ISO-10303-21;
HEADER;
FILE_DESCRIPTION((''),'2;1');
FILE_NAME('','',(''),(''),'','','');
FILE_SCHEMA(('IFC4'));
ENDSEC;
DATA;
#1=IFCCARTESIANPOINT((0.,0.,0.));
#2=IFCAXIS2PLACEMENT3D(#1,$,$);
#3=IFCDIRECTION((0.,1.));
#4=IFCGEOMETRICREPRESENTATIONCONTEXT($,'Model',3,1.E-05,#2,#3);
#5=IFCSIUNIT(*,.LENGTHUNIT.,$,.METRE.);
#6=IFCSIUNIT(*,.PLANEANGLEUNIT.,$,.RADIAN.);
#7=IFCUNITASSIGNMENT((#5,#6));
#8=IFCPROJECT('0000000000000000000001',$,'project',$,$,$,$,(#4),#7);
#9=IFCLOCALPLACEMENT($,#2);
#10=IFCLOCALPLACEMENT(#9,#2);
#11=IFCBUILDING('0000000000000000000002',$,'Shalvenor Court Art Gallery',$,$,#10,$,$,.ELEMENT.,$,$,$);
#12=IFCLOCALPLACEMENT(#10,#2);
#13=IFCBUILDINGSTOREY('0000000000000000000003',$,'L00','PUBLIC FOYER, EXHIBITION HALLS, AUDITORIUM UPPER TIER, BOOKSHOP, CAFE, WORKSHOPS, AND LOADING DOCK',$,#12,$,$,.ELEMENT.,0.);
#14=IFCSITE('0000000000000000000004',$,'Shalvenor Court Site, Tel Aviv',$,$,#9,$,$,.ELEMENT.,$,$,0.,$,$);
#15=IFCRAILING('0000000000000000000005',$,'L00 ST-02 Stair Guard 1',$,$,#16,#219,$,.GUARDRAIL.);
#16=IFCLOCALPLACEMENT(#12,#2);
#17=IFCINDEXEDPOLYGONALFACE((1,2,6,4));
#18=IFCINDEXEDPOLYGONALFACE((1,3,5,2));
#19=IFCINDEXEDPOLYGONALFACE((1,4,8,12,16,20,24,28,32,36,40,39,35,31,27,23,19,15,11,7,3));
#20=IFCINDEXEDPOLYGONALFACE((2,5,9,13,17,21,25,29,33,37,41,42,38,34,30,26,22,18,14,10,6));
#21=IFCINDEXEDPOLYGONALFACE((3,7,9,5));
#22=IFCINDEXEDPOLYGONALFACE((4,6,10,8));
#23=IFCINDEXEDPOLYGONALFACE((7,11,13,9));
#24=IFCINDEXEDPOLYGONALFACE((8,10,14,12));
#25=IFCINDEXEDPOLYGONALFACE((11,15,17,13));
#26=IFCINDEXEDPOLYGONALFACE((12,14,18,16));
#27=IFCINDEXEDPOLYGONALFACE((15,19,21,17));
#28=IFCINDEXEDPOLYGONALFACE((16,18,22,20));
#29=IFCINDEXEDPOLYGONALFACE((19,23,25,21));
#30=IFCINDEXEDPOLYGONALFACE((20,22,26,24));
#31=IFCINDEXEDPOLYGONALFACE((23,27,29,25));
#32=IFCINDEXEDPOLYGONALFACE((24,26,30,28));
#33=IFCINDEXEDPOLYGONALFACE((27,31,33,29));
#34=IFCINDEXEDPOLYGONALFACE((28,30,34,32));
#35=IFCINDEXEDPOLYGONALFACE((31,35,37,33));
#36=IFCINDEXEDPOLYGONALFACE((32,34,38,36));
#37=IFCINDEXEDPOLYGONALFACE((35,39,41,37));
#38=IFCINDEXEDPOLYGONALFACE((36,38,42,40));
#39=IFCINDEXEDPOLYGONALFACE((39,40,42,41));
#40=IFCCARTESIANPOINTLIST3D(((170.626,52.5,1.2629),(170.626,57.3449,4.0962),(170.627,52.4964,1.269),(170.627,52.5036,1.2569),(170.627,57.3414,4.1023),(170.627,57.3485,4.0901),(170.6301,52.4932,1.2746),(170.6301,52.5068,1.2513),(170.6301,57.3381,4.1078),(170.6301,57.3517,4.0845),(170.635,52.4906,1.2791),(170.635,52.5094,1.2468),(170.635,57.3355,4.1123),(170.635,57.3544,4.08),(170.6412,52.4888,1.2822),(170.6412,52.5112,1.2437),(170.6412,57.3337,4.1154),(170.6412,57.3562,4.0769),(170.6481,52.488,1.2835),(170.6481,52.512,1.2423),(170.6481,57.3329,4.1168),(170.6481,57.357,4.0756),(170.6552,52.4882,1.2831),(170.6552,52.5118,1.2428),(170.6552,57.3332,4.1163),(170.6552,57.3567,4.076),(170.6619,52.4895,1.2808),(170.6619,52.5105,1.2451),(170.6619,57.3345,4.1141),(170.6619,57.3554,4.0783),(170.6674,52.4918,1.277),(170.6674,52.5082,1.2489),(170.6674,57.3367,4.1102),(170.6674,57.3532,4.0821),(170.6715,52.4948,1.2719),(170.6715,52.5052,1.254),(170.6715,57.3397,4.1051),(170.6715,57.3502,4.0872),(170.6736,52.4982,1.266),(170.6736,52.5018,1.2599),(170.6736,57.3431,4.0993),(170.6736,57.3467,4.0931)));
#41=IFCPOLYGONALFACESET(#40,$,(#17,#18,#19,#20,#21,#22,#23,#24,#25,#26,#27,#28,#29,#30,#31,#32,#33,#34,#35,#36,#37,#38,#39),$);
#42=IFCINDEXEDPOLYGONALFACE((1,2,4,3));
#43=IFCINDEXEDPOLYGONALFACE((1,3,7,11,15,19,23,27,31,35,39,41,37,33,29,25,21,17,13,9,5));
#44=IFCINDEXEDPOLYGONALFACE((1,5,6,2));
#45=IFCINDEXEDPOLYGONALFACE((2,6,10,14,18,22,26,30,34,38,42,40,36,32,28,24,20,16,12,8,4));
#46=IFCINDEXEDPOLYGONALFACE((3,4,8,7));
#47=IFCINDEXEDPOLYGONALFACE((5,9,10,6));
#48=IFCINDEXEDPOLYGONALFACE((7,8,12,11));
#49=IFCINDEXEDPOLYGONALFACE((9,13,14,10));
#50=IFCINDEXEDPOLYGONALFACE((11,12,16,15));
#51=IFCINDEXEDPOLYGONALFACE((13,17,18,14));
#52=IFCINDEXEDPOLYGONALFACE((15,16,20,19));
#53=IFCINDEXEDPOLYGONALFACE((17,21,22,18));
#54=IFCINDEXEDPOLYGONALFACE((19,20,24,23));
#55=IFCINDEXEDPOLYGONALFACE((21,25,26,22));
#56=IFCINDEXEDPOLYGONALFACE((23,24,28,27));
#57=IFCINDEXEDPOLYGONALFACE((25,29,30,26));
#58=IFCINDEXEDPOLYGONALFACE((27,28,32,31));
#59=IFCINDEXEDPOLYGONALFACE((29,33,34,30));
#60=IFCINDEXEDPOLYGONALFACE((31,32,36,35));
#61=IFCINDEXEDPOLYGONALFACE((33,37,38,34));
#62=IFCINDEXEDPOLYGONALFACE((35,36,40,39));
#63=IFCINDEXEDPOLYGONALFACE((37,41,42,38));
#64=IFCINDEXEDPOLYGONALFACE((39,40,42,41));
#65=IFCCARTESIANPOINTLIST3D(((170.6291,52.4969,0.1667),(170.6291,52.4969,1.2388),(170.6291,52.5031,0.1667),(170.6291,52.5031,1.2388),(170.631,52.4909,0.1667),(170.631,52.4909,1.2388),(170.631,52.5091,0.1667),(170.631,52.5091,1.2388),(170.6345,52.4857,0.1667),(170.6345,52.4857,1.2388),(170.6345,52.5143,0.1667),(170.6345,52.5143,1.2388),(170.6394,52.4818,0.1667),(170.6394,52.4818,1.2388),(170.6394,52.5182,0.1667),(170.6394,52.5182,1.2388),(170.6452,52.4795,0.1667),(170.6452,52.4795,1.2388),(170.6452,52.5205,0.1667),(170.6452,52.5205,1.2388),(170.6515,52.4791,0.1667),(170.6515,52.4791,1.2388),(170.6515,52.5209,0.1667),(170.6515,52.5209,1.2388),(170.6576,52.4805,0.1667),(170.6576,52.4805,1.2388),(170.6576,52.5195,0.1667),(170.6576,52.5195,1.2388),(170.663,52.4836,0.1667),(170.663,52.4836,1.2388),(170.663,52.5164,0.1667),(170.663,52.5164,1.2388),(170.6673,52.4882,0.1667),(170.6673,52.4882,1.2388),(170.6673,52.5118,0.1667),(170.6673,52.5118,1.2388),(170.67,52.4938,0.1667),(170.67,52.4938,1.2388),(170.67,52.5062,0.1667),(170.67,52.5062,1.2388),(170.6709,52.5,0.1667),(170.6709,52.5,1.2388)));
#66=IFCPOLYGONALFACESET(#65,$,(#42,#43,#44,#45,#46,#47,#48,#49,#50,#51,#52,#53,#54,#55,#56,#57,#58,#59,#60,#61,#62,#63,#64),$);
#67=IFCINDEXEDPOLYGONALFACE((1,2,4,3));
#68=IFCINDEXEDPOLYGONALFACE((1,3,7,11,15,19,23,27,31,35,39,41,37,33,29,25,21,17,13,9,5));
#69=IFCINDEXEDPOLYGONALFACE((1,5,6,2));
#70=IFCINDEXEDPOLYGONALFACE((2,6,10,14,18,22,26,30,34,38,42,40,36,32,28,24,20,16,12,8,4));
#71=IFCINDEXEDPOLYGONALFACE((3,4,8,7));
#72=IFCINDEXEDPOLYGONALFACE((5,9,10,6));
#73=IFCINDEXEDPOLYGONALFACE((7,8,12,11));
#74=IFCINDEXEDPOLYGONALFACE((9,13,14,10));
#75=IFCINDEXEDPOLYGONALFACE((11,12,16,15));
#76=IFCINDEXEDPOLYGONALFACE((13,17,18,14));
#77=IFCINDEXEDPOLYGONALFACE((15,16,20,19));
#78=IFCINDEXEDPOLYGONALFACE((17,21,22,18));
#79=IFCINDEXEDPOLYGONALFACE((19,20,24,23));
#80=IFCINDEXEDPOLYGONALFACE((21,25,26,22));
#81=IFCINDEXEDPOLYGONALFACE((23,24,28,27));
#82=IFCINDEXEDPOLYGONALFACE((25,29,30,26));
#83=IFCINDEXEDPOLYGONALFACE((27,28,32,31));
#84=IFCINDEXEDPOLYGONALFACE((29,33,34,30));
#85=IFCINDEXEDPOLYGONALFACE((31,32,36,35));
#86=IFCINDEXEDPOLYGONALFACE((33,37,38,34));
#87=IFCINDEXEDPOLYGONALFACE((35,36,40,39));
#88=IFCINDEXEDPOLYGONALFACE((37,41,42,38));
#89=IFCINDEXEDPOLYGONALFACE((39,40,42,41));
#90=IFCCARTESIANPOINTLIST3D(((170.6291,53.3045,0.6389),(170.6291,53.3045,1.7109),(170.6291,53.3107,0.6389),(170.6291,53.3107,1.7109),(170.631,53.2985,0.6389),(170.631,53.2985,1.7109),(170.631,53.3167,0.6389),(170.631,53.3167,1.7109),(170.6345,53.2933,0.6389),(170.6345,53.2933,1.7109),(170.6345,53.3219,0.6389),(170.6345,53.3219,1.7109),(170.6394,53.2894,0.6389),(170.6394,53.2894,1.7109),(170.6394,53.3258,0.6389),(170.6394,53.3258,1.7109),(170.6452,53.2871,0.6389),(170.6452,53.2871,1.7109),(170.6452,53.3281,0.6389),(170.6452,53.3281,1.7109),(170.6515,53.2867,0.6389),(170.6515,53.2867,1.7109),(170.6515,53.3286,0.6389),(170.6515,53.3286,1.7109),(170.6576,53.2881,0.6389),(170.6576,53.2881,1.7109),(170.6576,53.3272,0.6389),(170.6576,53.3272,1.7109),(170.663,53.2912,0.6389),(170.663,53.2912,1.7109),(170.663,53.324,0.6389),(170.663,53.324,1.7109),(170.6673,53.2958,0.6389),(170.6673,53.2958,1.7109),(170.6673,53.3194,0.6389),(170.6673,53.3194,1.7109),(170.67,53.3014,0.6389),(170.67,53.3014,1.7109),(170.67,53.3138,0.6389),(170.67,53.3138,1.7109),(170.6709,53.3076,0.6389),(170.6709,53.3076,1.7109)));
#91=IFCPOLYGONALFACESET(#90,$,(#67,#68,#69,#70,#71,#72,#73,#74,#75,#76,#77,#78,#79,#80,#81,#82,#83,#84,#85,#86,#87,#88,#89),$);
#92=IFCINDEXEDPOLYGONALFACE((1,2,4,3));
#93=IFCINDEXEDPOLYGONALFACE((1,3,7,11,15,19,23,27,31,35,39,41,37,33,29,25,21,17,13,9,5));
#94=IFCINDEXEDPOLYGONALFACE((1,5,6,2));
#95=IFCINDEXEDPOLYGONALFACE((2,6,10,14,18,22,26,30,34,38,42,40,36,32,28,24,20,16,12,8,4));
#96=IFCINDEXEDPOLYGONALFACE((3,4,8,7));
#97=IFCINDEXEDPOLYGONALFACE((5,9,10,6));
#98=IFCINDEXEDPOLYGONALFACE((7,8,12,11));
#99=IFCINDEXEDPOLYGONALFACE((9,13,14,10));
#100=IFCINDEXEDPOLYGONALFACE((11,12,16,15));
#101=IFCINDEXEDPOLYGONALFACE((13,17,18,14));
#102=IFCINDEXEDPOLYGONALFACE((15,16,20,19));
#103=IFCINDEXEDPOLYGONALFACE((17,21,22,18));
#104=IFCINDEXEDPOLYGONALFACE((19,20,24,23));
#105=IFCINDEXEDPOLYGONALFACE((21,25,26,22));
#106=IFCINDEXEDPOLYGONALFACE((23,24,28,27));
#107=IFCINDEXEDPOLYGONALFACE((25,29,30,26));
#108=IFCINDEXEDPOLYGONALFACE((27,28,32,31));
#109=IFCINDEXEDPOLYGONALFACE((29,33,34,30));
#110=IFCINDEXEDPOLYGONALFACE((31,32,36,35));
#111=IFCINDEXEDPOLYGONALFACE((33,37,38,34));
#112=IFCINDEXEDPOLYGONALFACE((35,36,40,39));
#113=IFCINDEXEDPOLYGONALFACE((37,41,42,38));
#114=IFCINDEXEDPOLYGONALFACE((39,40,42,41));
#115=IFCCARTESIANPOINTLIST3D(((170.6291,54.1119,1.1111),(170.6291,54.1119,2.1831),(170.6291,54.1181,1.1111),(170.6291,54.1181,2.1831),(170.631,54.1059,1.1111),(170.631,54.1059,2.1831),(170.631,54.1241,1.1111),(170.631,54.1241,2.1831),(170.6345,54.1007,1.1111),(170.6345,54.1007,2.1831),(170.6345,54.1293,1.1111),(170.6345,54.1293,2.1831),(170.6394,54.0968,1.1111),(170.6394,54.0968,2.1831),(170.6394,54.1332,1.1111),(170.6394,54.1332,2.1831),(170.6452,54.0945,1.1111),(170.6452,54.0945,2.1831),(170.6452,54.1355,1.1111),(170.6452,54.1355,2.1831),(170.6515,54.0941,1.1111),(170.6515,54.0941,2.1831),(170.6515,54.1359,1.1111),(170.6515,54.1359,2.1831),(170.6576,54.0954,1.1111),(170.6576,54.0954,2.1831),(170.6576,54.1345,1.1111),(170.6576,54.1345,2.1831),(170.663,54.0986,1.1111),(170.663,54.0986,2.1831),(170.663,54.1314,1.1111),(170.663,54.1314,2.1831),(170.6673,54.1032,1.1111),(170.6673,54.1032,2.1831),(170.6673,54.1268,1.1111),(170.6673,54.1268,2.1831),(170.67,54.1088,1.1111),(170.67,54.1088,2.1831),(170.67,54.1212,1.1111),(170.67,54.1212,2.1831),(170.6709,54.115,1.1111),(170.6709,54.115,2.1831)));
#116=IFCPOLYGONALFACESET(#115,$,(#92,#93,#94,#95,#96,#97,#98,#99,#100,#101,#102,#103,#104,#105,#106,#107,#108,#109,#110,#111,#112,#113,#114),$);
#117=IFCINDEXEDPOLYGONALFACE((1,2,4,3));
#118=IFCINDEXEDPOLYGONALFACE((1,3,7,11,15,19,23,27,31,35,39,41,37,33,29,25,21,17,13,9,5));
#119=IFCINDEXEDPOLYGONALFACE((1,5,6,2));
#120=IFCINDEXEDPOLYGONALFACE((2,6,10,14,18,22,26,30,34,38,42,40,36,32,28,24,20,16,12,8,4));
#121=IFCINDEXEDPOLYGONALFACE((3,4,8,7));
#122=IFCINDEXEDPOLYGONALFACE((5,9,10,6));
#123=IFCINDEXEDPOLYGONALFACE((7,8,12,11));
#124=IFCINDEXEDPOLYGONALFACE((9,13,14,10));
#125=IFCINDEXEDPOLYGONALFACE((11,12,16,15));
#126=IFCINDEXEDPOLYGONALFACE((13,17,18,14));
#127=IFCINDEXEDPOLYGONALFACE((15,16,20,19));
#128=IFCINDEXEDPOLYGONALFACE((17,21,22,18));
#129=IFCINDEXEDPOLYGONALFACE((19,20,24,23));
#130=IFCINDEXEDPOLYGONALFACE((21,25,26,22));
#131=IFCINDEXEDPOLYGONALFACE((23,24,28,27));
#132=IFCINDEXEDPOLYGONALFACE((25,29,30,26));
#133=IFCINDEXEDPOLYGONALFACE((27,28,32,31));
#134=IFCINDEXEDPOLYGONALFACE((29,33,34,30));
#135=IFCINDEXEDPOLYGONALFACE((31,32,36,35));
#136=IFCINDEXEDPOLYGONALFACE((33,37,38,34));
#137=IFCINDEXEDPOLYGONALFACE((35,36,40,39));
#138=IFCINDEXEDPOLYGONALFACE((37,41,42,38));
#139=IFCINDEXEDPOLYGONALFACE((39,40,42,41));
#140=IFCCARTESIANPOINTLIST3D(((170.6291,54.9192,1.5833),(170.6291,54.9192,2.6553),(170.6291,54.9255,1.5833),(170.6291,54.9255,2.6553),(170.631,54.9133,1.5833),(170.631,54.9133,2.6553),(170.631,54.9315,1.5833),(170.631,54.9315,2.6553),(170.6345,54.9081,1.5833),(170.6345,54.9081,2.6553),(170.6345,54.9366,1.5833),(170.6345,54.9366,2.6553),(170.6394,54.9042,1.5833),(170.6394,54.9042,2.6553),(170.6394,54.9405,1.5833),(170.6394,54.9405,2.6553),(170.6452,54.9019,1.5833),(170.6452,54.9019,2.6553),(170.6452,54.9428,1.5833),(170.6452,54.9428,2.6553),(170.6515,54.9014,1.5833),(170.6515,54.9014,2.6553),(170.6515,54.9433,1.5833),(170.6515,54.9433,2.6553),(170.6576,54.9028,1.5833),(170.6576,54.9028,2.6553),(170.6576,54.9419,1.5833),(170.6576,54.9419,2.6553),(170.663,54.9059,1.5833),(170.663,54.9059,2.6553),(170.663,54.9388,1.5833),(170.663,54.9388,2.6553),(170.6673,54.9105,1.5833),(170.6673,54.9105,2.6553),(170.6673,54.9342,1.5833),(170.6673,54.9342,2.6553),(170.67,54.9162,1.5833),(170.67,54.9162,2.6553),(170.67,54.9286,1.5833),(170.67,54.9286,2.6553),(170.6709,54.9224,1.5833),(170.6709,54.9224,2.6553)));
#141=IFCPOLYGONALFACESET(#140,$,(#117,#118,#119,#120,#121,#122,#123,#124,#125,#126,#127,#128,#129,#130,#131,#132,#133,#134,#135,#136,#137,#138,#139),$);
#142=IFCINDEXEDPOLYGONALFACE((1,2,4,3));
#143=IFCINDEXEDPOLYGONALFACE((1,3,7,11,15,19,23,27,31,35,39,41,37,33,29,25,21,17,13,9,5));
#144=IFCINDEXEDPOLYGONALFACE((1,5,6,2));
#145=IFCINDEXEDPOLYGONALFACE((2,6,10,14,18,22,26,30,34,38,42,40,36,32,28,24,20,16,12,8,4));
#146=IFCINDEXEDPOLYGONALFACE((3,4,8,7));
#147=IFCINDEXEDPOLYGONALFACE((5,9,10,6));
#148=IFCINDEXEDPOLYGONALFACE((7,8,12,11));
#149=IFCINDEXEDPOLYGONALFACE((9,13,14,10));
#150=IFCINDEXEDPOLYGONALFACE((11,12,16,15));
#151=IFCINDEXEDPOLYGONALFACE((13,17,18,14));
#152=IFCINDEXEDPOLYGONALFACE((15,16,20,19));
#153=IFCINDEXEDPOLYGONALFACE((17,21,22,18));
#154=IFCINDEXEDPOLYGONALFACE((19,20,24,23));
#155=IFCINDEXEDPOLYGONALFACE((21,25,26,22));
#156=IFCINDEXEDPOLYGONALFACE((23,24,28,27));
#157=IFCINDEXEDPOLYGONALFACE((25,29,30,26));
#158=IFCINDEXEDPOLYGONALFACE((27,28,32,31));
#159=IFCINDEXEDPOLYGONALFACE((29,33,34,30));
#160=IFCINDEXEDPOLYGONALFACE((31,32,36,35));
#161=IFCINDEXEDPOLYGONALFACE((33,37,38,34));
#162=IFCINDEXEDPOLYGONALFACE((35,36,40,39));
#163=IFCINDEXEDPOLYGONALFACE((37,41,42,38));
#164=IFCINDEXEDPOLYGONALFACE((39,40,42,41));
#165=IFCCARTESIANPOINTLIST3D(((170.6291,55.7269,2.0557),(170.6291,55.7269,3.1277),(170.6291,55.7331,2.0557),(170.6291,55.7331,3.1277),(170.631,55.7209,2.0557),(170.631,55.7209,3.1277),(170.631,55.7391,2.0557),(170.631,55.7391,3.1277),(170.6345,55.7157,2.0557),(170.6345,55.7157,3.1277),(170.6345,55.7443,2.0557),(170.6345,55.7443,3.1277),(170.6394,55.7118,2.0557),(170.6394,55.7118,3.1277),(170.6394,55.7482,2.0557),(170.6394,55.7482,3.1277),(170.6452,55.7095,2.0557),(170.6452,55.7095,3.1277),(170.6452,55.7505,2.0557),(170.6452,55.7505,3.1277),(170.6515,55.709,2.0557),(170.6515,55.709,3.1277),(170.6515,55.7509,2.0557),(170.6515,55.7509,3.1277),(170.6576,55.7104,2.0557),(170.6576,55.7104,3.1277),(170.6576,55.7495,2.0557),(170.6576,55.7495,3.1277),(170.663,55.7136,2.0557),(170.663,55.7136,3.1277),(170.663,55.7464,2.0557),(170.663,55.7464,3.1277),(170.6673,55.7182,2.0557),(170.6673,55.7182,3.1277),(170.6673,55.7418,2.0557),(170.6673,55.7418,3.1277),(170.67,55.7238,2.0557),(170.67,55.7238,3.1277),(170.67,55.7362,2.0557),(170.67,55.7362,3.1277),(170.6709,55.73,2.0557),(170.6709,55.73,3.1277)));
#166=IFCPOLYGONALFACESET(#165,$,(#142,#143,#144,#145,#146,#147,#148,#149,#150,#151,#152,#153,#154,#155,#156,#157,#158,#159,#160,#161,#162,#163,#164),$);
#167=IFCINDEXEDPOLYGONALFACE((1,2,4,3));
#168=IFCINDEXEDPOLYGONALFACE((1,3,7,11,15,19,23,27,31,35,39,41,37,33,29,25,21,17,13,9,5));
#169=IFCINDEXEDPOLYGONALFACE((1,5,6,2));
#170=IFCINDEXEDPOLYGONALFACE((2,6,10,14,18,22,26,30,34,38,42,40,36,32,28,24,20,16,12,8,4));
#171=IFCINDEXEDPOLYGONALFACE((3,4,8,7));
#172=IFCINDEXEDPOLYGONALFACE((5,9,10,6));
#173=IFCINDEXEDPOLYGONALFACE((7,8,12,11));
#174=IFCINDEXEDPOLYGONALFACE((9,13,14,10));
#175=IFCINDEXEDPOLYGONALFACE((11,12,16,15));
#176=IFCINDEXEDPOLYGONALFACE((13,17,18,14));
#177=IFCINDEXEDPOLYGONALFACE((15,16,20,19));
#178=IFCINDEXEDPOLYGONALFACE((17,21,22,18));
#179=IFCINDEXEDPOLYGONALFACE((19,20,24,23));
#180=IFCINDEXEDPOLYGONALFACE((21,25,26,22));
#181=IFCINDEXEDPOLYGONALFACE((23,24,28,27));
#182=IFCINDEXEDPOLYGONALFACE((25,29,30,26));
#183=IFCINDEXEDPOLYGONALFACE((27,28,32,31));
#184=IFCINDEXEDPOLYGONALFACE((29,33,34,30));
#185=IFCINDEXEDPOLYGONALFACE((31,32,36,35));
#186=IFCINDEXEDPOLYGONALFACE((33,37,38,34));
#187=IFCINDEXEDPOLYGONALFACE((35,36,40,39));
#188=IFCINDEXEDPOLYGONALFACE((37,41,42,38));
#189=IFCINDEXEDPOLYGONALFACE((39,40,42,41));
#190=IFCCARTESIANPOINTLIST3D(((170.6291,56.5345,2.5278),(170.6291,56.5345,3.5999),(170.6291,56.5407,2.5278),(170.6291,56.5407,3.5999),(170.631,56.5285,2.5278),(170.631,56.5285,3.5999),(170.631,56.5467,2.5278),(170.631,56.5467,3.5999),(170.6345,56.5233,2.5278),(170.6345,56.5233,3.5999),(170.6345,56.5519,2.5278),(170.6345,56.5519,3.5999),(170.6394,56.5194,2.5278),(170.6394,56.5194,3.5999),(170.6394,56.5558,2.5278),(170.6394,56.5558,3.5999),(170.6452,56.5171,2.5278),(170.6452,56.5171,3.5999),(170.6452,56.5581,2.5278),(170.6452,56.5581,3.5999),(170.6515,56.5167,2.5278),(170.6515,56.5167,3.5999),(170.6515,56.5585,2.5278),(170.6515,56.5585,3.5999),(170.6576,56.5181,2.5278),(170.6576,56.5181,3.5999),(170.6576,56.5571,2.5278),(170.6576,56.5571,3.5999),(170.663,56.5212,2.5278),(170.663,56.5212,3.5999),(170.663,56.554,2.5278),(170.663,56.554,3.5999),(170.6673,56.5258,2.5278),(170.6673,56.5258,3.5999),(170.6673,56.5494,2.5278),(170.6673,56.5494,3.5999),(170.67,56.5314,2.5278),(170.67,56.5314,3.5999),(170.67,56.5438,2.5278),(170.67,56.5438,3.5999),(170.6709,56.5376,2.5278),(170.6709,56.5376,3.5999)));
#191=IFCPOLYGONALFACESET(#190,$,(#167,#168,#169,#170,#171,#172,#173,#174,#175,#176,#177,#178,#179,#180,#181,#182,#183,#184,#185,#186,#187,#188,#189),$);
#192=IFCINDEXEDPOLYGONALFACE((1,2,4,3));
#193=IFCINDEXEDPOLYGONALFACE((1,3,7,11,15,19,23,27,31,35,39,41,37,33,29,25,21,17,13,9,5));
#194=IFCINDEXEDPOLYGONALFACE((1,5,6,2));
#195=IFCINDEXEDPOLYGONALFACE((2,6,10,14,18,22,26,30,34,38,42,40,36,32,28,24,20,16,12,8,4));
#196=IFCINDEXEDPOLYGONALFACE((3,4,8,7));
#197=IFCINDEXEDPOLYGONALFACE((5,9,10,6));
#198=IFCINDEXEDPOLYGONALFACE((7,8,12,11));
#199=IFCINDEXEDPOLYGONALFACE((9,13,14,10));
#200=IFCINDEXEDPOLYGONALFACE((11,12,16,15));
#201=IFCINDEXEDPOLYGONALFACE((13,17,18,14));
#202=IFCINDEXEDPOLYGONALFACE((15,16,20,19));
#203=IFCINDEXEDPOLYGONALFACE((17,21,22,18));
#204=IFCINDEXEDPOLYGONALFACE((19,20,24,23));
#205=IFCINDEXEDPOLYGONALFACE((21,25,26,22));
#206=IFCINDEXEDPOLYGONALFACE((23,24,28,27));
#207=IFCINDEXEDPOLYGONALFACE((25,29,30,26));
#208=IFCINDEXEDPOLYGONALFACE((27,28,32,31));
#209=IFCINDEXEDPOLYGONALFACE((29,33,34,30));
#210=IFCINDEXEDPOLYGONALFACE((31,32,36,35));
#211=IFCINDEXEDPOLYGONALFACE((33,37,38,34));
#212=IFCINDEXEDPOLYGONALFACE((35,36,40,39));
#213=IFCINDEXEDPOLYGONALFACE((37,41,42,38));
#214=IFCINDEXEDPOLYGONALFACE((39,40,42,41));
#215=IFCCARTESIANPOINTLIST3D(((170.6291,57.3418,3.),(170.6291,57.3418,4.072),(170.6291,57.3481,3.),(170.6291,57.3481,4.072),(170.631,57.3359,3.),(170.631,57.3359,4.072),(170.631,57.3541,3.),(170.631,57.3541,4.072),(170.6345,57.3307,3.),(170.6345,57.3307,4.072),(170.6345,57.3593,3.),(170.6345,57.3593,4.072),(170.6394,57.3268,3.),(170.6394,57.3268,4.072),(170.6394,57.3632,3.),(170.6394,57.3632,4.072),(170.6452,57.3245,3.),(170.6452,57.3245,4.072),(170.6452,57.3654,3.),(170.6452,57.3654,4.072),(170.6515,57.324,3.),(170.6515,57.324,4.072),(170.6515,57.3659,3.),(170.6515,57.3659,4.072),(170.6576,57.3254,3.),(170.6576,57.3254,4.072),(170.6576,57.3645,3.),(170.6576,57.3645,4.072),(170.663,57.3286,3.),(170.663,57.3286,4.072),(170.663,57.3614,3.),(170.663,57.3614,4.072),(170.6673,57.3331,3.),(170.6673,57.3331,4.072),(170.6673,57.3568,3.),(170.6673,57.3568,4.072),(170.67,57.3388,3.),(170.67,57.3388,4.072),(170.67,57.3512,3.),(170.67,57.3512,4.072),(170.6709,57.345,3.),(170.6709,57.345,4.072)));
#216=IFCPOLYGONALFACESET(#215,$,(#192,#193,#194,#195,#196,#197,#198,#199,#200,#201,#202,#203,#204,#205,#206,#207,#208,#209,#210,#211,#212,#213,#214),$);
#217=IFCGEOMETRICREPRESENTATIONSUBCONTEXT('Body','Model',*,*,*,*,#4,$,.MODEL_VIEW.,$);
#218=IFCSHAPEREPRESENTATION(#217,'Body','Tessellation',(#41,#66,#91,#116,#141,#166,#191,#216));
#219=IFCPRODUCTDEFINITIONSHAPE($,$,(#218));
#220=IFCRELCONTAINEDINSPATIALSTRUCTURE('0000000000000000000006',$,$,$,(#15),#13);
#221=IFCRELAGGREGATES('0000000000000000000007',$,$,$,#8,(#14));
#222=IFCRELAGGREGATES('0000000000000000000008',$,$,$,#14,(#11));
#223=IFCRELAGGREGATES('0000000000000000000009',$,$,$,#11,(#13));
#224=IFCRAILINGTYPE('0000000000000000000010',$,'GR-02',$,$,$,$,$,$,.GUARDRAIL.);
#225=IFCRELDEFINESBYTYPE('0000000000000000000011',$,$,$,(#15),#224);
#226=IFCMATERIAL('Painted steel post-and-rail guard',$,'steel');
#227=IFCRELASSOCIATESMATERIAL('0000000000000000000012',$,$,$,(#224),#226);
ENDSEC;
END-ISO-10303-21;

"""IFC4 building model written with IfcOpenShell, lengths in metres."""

from ifc_helpers import new_model, si_unit, direction, frame, origin, origin_2d, place, context, subcontext, project, spatial, circle, extrude, material, type_object, element, save


model = new_model("IFC4")

# Units and contexts
model_context = context("Model", 3, precision=1e-05, world=origin(), true_north=direction((0.0, 1.0)))
body_context = subcontext(model_context, "Body", "Model", "MODEL_VIEW")
ifc_project = project(units=[si_unit("LENGTHUNIT", "METRE"), si_unit("PLANEANGLEUNIT", "RADIAN")], contexts=[model_context])

# Site, building, storey
site_placement = place(None, origin())
site = spatial("IfcSite", under=ifc_project, at=site_placement, Name="Shalvenor Court Site, Tel Aviv", CompositionType="ELEMENT", RefElevation=0.0)
building_placement = place(site_placement, origin())
building = spatial("IfcBuilding", under=site, at=building_placement, Name="Shalvenor Court Art Gallery", CompositionType="ELEMENT")
storey_placement = place(building_placement, origin())
storey = spatial("IfcBuildingStorey", under=building, at=storey_placement, Name="L00", Description="PUBLIC FOYER, EXHIBITION HALLS, AUDITORIUM UPPER TIER, BOOKSHOP, CAFE, WORKSHOPS, AND LOADING DOCK", CompositionType="ELEMENT", Elevation=0.0)

# Railing
ifc_material_1 = material(Name="Painted steel post-and-rail guard", Category="steel")
railing_type_1 = type_object("IfcRailingType", Name="GR-02", PredefinedType="GUARDRAIL", material=ifc_material_1)
railing_1_placement = place(storey_placement, frame((170.6499, 52.5, 0.1667)))
element("IfcRailing", 1, at=railing_1_placement, inside=storey, type_object=railing_type_1, Name="L00 ST-02 Stair Guard 1", PredefinedType="GUARDRAIL", context=body_context, shape_type="SweptSolid", body=[
    extrude(circle(Radius=0.0239, at=origin_2d()), frame((0.0, 0.0, 1.0962), z_axis=(0.0, 0.863234, 0.504804), x_axis=(-1.0, 0.0, 0.0)), (0.0, 0.0, 1.0), 5.6125),
    extrude(circle(Radius=0.021, at=origin_2d()), origin(), (0.0, 0.0, 1.0), 1.072),
    extrude(circle(Radius=0.021, at=origin_2d()), frame((0.0, 0.8076, 0.4722)), (0.0, 0.0, 1.0), 1.072),
    extrude(circle(Radius=0.021, at=origin_2d()), frame((0.0, 1.615, 0.9443)), (0.0, 0.0, 1.0), 1.072),
    extrude(circle(Radius=0.021, at=origin_2d()), frame((0.0, 2.4224, 1.4165)), (0.0, 0.0, 1.0), 1.072),
    extrude(circle(Radius=0.021, at=origin_2d()), frame((0.0, 3.23, 1.8889)), (0.0, 0.0, 1.0), 1.072),
    extrude(circle(Radius=0.021, at=origin_2d()), frame((0.0, 4.0376, 2.3611)), (0.0, 0.0, 1.0), 1.072),
    extrude(circle(Radius=0.021, at=origin_2d()), frame((0.0, 4.845, 2.8333)), (0.0, 0.0, 1.0), 1.072),
])

save(model, "model.ifc")
